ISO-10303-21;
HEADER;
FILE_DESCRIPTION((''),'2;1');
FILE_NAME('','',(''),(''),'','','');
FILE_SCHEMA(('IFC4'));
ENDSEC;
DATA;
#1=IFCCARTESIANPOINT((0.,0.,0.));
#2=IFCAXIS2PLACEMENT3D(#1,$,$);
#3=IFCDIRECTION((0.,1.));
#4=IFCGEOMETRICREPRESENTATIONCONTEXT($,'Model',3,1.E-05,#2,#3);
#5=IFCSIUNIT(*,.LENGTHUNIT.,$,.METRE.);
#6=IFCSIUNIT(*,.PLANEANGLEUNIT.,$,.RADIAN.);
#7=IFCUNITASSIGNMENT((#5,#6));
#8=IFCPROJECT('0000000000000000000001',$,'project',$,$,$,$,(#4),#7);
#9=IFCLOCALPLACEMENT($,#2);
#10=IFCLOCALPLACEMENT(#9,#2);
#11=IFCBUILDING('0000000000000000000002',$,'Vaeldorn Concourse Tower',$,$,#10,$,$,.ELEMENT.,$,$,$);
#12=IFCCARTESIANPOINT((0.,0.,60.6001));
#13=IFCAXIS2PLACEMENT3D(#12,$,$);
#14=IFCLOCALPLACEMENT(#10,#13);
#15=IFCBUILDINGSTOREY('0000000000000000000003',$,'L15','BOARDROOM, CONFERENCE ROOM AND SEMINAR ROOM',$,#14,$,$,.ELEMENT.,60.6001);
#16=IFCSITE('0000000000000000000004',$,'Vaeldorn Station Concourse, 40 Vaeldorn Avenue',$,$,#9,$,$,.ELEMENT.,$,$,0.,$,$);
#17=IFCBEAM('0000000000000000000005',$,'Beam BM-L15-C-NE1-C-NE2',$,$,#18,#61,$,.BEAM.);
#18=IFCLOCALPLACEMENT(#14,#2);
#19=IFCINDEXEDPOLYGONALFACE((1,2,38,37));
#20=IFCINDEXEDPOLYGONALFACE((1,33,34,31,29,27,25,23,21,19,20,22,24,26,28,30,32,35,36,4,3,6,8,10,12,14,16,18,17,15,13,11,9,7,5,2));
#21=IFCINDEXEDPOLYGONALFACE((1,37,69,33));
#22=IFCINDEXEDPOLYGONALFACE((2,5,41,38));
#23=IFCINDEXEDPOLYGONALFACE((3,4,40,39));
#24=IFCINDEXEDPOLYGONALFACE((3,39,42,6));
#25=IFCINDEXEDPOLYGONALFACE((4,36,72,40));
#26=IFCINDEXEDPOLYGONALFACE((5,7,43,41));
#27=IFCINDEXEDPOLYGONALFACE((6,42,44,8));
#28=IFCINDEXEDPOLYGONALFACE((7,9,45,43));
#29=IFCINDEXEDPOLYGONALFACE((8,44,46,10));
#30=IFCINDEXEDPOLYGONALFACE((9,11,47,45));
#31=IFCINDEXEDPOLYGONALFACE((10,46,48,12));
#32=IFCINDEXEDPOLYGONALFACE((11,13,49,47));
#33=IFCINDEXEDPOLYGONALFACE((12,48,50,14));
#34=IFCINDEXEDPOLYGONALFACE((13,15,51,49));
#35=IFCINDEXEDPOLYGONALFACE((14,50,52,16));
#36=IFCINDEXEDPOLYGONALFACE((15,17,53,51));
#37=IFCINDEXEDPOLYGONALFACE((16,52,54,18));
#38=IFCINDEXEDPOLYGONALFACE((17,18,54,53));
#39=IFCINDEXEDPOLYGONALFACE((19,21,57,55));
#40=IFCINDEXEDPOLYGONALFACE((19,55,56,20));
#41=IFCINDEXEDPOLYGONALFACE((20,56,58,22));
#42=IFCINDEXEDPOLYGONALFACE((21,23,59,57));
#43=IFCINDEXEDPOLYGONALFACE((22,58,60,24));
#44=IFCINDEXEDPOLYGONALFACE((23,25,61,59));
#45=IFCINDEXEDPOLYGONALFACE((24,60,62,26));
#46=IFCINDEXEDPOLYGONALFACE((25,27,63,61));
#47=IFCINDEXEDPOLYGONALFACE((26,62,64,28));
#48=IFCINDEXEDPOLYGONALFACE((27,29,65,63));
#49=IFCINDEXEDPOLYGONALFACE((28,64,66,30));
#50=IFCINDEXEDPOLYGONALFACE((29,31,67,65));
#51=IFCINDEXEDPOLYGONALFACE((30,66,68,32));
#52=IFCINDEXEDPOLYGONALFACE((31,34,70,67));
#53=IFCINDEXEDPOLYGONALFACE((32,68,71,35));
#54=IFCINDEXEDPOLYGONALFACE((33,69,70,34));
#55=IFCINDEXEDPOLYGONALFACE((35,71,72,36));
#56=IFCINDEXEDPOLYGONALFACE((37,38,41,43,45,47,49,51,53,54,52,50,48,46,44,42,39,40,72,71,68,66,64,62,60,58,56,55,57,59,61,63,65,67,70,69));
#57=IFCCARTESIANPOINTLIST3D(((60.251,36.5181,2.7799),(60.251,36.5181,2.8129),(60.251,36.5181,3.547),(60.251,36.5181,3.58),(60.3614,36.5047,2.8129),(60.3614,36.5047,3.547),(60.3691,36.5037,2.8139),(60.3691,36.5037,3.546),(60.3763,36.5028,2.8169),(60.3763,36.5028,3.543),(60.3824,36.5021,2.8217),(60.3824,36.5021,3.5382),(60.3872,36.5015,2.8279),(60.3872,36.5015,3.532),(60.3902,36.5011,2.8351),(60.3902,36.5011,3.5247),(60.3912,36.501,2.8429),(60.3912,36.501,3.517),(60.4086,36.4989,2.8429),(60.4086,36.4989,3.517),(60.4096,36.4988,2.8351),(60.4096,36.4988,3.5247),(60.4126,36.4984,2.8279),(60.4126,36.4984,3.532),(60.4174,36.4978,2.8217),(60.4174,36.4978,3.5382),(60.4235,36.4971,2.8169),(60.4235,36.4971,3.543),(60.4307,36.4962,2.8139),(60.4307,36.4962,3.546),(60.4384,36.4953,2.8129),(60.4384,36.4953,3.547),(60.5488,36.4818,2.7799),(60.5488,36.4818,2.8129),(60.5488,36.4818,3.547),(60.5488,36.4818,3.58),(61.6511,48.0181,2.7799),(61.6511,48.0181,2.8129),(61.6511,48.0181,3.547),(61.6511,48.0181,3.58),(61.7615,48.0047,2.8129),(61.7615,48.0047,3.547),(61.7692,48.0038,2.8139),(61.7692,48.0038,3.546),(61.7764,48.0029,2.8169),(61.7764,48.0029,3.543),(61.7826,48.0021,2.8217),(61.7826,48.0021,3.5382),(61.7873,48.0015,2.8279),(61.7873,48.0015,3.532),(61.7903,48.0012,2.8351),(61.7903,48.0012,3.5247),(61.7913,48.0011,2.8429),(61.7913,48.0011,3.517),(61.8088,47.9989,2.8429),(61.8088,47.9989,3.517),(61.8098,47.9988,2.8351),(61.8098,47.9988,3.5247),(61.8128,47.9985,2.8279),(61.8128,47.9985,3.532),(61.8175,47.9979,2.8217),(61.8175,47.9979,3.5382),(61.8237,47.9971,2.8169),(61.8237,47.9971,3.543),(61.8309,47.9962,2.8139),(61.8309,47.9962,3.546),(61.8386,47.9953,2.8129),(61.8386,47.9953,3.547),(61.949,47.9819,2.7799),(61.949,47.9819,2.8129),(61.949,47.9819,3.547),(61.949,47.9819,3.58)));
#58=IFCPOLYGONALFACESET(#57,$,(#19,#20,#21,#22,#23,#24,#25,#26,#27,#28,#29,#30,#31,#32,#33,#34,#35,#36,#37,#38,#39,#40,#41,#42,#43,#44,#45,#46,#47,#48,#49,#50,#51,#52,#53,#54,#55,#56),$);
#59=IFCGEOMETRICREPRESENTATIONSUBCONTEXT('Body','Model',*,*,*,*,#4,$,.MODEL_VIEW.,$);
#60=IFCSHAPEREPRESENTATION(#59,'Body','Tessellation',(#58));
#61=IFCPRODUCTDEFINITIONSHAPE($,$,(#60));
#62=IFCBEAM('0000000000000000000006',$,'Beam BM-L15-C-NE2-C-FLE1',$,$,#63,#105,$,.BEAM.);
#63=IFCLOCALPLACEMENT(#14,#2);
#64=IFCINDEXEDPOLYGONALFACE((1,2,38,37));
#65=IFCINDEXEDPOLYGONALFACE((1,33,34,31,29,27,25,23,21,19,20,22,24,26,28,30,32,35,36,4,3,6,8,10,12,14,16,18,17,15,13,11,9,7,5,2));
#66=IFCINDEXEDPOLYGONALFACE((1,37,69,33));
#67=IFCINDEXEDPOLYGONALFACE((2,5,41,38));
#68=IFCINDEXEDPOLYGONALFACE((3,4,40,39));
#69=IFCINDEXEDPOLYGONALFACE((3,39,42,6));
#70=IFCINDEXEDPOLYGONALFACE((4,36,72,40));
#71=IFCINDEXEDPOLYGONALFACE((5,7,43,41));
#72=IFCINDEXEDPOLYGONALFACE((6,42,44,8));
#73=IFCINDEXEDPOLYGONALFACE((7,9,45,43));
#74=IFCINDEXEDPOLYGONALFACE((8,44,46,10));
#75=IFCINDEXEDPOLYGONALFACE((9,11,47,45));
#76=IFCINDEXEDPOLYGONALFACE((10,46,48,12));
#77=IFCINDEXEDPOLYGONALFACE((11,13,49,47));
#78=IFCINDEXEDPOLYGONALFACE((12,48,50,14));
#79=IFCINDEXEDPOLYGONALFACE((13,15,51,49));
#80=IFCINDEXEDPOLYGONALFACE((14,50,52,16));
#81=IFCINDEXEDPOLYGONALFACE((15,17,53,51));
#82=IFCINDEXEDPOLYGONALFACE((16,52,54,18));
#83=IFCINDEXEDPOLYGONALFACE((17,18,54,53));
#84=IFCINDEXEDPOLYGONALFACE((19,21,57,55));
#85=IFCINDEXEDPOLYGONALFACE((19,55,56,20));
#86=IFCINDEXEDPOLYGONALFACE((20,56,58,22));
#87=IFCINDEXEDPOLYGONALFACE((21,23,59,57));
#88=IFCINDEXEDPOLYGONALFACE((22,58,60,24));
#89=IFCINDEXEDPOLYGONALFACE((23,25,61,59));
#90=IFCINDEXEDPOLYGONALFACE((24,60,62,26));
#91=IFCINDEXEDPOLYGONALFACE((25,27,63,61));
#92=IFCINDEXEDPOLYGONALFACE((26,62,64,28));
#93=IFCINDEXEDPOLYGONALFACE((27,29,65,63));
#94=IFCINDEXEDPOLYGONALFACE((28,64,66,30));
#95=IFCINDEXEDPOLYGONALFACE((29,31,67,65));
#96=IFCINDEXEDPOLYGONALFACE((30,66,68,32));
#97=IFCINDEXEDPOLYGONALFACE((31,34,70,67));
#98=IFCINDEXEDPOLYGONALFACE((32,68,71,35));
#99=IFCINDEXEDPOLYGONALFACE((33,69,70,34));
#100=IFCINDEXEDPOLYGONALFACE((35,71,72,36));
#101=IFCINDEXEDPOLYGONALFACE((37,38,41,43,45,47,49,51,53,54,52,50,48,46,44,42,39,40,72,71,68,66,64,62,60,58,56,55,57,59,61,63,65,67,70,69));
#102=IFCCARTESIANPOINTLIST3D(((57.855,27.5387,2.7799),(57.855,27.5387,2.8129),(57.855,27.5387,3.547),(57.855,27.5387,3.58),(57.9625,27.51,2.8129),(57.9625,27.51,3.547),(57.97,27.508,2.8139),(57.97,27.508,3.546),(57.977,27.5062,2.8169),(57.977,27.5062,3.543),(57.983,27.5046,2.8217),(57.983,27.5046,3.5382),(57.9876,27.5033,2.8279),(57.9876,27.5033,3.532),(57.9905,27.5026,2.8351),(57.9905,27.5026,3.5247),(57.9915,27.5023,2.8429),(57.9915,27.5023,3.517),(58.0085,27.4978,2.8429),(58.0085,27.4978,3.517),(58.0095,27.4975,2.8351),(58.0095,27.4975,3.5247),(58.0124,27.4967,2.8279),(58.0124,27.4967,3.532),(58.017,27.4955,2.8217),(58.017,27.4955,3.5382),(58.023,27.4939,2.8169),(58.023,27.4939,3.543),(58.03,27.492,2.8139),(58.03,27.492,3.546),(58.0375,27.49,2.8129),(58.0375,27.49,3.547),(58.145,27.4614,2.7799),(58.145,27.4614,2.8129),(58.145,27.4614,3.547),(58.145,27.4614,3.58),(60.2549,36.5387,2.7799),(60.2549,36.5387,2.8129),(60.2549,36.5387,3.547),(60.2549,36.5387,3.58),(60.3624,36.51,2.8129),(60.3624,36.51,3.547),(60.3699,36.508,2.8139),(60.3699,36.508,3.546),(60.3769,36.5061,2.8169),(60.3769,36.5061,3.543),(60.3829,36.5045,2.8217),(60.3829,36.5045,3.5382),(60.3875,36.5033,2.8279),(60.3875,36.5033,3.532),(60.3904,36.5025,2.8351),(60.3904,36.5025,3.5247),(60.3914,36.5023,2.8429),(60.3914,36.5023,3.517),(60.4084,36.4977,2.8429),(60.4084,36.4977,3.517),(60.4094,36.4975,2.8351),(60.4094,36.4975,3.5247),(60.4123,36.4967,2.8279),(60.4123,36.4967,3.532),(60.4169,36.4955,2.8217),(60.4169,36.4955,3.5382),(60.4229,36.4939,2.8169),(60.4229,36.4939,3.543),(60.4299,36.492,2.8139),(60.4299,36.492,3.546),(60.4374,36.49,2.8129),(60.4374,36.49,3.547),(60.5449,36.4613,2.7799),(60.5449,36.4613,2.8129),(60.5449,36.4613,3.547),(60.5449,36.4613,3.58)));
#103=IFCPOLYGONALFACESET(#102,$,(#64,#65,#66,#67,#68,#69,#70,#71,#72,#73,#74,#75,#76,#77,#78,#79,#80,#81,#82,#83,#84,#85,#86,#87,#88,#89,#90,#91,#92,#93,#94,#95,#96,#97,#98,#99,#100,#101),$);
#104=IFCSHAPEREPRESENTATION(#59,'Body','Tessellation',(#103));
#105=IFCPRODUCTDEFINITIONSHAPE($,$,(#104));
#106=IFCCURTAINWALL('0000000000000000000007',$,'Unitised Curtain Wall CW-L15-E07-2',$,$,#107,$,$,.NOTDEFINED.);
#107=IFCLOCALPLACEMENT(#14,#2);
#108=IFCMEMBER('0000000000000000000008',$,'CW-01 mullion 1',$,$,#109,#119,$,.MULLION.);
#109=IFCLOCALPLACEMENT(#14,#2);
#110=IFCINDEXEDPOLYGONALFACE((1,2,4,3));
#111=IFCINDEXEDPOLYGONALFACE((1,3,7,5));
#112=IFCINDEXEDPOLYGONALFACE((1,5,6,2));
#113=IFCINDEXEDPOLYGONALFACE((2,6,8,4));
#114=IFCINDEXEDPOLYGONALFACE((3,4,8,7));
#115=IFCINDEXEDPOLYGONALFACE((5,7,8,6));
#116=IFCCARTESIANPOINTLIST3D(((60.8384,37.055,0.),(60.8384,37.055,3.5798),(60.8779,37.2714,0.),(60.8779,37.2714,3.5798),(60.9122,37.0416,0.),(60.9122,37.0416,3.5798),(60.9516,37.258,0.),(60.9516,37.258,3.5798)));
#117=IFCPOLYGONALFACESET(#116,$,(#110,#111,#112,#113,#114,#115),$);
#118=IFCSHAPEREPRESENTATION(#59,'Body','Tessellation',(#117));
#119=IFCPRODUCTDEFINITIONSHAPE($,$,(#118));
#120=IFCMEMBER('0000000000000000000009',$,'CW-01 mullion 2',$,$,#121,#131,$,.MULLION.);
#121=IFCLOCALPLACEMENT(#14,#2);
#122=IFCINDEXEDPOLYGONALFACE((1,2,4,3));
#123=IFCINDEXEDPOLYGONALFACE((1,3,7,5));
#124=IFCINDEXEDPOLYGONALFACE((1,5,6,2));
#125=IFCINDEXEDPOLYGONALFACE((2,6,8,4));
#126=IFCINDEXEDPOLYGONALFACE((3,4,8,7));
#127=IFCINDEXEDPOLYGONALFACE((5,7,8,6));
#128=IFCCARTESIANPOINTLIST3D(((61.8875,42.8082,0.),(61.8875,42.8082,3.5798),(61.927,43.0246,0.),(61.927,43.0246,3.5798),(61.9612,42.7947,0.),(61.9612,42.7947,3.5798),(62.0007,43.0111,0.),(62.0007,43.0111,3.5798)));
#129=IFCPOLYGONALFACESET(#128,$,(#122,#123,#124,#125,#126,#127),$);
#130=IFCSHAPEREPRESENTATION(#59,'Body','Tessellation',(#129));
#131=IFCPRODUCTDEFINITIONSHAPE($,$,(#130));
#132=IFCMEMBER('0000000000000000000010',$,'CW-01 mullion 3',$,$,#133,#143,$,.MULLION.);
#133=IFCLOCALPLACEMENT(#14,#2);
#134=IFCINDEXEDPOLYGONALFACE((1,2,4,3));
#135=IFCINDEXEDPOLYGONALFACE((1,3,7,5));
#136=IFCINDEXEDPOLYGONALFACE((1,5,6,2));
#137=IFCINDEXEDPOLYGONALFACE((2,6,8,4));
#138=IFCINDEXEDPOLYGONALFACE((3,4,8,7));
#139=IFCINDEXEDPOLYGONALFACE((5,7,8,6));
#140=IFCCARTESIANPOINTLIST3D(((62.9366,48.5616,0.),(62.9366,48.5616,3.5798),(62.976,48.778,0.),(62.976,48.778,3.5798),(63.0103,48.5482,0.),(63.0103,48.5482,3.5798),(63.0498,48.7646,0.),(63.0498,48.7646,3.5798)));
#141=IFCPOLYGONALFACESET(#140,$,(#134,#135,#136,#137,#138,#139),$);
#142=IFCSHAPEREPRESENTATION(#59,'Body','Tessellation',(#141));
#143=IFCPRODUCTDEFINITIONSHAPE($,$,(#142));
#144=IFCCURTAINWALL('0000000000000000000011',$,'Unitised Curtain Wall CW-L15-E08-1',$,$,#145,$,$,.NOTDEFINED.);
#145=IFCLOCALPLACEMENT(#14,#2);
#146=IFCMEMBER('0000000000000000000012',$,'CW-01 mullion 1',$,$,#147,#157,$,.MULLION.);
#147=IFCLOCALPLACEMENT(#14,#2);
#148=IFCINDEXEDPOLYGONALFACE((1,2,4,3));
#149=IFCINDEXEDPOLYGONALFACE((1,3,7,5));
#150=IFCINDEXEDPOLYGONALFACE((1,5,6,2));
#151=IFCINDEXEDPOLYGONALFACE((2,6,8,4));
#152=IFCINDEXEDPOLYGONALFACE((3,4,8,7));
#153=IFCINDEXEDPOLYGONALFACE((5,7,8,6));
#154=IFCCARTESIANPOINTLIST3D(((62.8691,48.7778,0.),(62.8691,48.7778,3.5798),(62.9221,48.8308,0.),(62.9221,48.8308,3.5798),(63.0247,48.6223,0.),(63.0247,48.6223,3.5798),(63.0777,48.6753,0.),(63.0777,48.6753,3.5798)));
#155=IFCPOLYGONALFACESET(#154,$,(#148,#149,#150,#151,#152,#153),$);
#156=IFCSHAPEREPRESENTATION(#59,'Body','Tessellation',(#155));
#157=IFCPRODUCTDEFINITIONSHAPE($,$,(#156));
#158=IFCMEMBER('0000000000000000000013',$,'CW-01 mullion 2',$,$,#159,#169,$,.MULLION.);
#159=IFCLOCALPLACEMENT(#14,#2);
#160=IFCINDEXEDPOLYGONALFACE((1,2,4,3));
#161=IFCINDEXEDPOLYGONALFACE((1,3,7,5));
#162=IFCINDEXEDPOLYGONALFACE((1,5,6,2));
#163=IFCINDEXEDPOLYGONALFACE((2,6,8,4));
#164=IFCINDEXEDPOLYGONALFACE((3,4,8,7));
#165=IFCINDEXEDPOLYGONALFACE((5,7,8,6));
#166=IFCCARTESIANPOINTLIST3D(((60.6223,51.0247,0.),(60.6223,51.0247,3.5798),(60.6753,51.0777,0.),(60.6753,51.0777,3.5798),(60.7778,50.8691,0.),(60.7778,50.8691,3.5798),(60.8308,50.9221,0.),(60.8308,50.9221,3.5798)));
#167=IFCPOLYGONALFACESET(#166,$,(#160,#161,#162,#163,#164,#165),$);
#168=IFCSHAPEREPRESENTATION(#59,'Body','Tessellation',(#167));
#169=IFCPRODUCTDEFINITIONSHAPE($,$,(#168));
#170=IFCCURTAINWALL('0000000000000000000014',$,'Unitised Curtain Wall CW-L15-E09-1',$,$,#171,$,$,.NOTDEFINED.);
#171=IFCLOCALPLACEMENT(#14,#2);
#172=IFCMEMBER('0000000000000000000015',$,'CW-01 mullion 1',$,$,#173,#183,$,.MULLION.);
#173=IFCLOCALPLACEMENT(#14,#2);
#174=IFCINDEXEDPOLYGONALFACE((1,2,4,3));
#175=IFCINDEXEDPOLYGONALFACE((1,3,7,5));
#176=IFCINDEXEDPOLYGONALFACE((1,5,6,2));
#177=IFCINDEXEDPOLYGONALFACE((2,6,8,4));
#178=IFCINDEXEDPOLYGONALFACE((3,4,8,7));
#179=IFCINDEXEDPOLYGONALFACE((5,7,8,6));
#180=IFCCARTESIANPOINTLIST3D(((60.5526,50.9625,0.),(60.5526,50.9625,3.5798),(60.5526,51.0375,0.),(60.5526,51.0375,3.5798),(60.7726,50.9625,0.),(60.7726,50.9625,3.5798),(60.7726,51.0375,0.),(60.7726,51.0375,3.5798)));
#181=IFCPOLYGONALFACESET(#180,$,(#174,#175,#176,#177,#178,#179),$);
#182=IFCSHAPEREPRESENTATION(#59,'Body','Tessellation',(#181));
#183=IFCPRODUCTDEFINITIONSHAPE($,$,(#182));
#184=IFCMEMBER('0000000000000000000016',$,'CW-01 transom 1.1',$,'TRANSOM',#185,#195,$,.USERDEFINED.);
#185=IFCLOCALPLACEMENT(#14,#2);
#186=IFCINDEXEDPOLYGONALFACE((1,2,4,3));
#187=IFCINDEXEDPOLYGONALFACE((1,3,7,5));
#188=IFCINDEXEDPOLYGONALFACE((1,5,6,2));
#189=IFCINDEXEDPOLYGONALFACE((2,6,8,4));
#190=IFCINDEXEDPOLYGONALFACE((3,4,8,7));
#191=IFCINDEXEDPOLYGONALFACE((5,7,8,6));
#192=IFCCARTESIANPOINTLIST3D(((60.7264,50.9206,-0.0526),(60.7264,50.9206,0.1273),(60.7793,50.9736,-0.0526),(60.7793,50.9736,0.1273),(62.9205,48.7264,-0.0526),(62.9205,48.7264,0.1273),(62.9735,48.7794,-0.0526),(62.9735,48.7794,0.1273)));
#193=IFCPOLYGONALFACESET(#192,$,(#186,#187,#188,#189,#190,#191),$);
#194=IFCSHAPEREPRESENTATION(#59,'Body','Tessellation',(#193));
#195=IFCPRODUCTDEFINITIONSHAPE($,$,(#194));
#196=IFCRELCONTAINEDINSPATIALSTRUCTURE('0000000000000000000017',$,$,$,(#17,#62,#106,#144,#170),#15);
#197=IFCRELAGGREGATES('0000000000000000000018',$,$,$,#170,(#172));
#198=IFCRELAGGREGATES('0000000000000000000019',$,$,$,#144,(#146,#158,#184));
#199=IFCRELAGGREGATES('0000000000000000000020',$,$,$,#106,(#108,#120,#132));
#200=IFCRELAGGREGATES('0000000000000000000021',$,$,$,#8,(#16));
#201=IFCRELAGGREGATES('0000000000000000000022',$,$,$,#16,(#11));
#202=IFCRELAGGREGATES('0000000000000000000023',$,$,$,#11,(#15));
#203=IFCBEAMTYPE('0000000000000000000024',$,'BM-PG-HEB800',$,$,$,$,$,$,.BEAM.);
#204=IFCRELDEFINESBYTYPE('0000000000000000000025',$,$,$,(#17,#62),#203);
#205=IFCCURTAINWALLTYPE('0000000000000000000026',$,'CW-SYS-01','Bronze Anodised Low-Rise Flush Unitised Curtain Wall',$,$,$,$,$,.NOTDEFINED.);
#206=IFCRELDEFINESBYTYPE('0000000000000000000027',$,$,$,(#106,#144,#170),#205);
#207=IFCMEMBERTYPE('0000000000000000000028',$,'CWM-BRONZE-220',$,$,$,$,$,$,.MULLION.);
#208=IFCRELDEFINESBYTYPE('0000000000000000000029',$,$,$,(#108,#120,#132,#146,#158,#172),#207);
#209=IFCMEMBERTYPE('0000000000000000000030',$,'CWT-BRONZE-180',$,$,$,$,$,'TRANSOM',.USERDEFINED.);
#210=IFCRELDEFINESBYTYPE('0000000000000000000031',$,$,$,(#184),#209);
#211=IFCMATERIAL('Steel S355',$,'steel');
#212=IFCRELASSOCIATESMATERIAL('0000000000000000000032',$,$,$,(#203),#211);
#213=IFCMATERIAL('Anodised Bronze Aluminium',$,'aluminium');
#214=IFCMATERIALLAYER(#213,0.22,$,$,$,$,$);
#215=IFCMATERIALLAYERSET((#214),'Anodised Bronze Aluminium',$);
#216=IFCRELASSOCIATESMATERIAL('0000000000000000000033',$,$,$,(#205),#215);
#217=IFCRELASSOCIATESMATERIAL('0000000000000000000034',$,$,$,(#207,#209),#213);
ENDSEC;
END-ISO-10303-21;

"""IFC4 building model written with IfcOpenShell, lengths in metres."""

from ifc_helpers import new_model, si_unit, direction, frame, origin, origin_2d, place, context, subcontext, project, spatial, rectangle, i_section, extrude, source, transform, mapped, material, layer, layer_set, material_profile, profile_set, type_object, element, aggregate, save


model = new_model("IFC4")

# Units and contexts
model_context = context("Model", 3, precision=1e-05, world=origin(), true_north=direction((0.0, 1.0)))
body_context = subcontext(model_context, "Body", "Model", "MODEL_VIEW")
ifc_project = project(units=[si_unit("LENGTHUNIT", "METRE"), si_unit("PLANEANGLEUNIT", "RADIAN")], contexts=[model_context])

# Site, building, storey
site_placement = place(None, origin())
site = spatial("IfcSite", under=ifc_project, at=site_placement, Name="Vaeldorn Station Concourse, 40 Vaeldorn Avenue", CompositionType="ELEMENT", RefElevation=0.0)
building_placement = place(site_placement, origin())
building = spatial("IfcBuilding", under=site, at=building_placement, Name="Vaeldorn Concourse Tower", CompositionType="ELEMENT")
storey_placement = place(building_placement, frame((0.0, 0.0, 60.6001)))
storey = spatial("IfcBuildingStorey", under=building, at=storey_placement, Name="L15", Description="BOARDROOM, CONFERENCE ROOM AND SEMINAR ROOM", CompositionType="ELEMENT", Elevation=60.6001)

# Beams
ifc_material_1 = material(Name="Steel S355", Category="steel")
ifc_material_profile_1 = material_profile(ifc_material_1, i_section(OverallWidth=0.3, OverallDepth=0.8, WebThickness=0.0176, FlangeThickness=0.033, FilletRadius=0.03, at=origin_2d()), Name="HEB 800")
ifc_profile_set_1 = profile_set([ifc_material_profile_1], Name="Steel S355")
beam_type = type_object("IfcBeamType", Name="BM-PG-HEB800", PredefinedType="BEAM", material=ifc_profile_set_1)
shared_shape_1 = source(origin(), body_context, "Body", "SweptSolid", [
    extrude(i_section(OverallWidth=0.3, OverallDepth=0.8, WebThickness=0.0176, FlangeThickness=0.033, FilletRadius=0.03, at=origin_2d()), origin(), (0.0, 0.0, 1.0), 11.585),
])
beam_1_placement = place(storey_placement, frame((61.8, 48.0, 3.1799), z_axis=(-0.120859, -0.99267, 0.0), x_axis=(0.99267, -0.120859, 0.0)))
element("IfcBeam", 1, at=beam_1_placement, inside=storey, type_object=beam_type, Name="Beam BM-L15-C-NE1-C-NE2", PredefinedType="BEAM", context=body_context, shape_type="MappedRepresentation", body=[
    mapped(shared_shape_1, transform((0.0, 0.0, 0.0), scale=1.0)),
])
shared_shape_2 = source(origin(), body_context, "Body", "SweptSolid", [
    extrude(i_section(OverallWidth=0.3, OverallDepth=0.8, WebThickness=0.0176, FlangeThickness=0.033, FilletRadius=0.03, at=origin_2d()), origin(), (0.0, 0.0, 1.0), 9.3145),
])
beam_2_placement = place(storey_placement, frame((60.3999, 36.5, 3.1799), z_axis=(-0.257653, -0.966238, 0.0), x_axis=(0.966238, -0.257653, 0.0)))
element("IfcBeam", 2, at=beam_2_placement, inside=storey, type_object=beam_type, Name="Beam BM-L15-C-NE2-C-FLE1", PredefinedType="BEAM", context=body_context, shape_type="MappedRepresentation", body=[
    mapped(shared_shape_2, transform((0.0, 0.0, 0.0), scale=1.0)),
])

# Curtain walls, members
ifc_material_2 = material(Name="Anodised Bronze Aluminium", Category="aluminium")
ifc_layer_1 = layer(ifc_material_2, 0.22)
ifc_layer_set_1 = layer_set([ifc_layer_1], Name="Anodised Bronze Aluminium")
curtain_wall_type = type_object("IfcCurtainWallType", Name="CW-SYS-01", Description="Bronze Anodised Low-Rise Flush Unitised Curtain Wall", PredefinedType="NOTDEFINED", material=ifc_layer_set_1)
curtain_wall_1_placement = place(storey_placement, origin())
curtain_wall_1 = element("IfcCurtainWall", 3, at=curtain_wall_1_placement, inside=storey, type_object=curtain_wall_type, Name="Unitised Curtain Wall CW-L15-E07-2", PredefinedType="NOTDEFINED")
ifc_material_profile_2 = material_profile(ifc_material_2, rectangle(XDim=0.075, YDim=0.22, at=origin_2d()), Name="CWM 75x220")
ifc_profile_set_2 = profile_set([ifc_material_profile_2], Name="Anodised Bronze Aluminium")
member_type_1 = type_object("IfcMemberType", Name="CWM-BRONZE-220", PredefinedType="MULLION", material=ifc_profile_set_2)
shared_shape_3 = source(origin(), body_context, "Body", "SweptSolid", [
    extrude(rectangle(XDim=0.075, YDim=0.22, at=origin_2d()), origin(), (0.0, 0.0, 1.0), 3.5798),
])
member_1_placement = place(storey_placement, frame((60.895, 37.1565, 0.0), z_axis=(0.0, 0.0, 1.0), x_axis=(-0.983779, 0.179383, 0.0)))
member_1 = element("IfcMember", 4, at=member_1_placement, type_object=member_type_1, Name="CW-01 mullion 1", PredefinedType="MULLION", context=body_context, shape_type="MappedRepresentation", body=[
    mapped(shared_shape_3, transform((0.0, 0.0, 0.0), scale=1.0)),
])
member_2_placement = place(storey_placement, frame((61.9441, 42.9097, 0.0), z_axis=(0.0, 0.0, 1.0), x_axis=(-0.983779, 0.179383, 0.0)))
member_2 = element("IfcMember", 5, at=member_2_placement, type_object=member_type_1, Name="CW-01 mullion 2", PredefinedType="MULLION", context=body_context, shape_type="MappedRepresentation", body=[
    mapped(shared_shape_3, transform((0.0, 0.0, 0.0), scale=1.0)),
])
member_3_placement = place(storey_placement, frame((62.9932, 48.6631, 0.0), z_axis=(0.0, 0.0, 1.0), x_axis=(-0.983779, 0.179383, 0.0)))
member_3 = element("IfcMember", 6, at=member_3_placement, type_object=member_type_1, Name="CW-01 mullion 3", PredefinedType="MULLION", context=body_context, shape_type="MappedRepresentation", body=[
    mapped(shared_shape_3, transform((0.0, 0.0, 0.0), scale=1.0)),
])
curtain_wall_2_placement = place(storey_placement, origin())
curtain_wall_2 = element("IfcCurtainWall", 7, at=curtain_wall_2_placement, inside=storey, type_object=curtain_wall_type, Name="Unitised Curtain Wall CW-L15-E08-1", PredefinedType="NOTDEFINED")
member_4_placement = place(storey_placement, frame((62.9734, 48.7266, 0.0), z_axis=(0.0, 0.0, 1.0), x_axis=(-0.707107, -0.707107, 0.0)))
member_4 = element("IfcMember", 8, at=member_4_placement, type_object=member_type_1, Name="CW-01 mullion 1", PredefinedType="MULLION", context=body_context, shape_type="MappedRepresentation", body=[
    mapped(shared_shape_3, transform((0.0, 0.0, 0.0), scale=1.0)),
])
member_5_placement = place(storey_placement, frame((60.7266, 50.9734, 0.0), z_axis=(0.0, 0.0, 1.0), x_axis=(-0.707107, -0.707107, 0.0)))
member_5 = element("IfcMember", 9, at=member_5_placement, type_object=member_type_1, Name="CW-01 mullion 2", PredefinedType="MULLION", context=body_context, shape_type="MappedRepresentation", body=[
    mapped(shared_shape_3, transform((0.0, 0.0, 0.0), scale=1.0)),
])

# Curtain wall, member
curtain_wall_3_placement = place(storey_placement, origin())
curtain_wall_3 = element("IfcCurtainWall", 10, at=curtain_wall_3_placement, inside=storey, type_object=curtain_wall_type, Name="Unitised Curtain Wall CW-L15-E09-1", PredefinedType="NOTDEFINED")
member_6_placement = place(storey_placement, frame((60.6626, 51.0, 0.0), z_axis=(0.0, 0.0, 1.0), x_axis=(0.0, -1.0, 0.0)))
member_6 = element("IfcMember", 11, at=member_6_placement, type_object=member_type_1, Name="CW-01 mullion 1", PredefinedType="MULLION", context=body_context, shape_type="MappedRepresentation", body=[
    mapped(shared_shape_3, transform((0.0, 0.0, 0.0), scale=1.0)),
])

# Member
ifc_material_profile_3 = material_profile(ifc_material_2, rectangle(XDim=0.075, YDim=0.1799, at=origin_2d()), Name="CWT 75x180")
ifc_profile_set_3 = profile_set([ifc_material_profile_3], Name="Anodised Bronze Aluminium")
member_type_2 = type_object("IfcMemberType", Name="CWT-BRONZE-180", ElementType="TRANSOM", PredefinedType="USERDEFINED", material=ifc_profile_set_3)
shared_shape_4 = source(origin(), body_context, "Body", "SweptSolid", [
    extrude(rectangle(XDim=0.075, YDim=0.1799, at=origin_2d()), origin(), (0.0, 0.0, 1.0), 3.103),
])
member_7_placement = place(storey_placement, frame((62.947, 48.7529, 0.0374), z_axis=(-0.707107, 0.707107, 0.0), x_axis=(-0.707107, -0.707107, 0.0)))
member_7 = element("IfcMember", 12, at=member_7_placement, type_object=member_type_2, Name="CW-01 transom 1.1", ObjectType="TRANSOM", PredefinedType="USERDEFINED", context=body_context, shape_type="MappedRepresentation", body=[
    mapped(shared_shape_4, transform((0.0, 0.0, 0.0), scale=1.0)),
])
aggregate(curtain_wall_3, [member_6])

aggregate(curtain_wall_2, [member_4, member_5, member_7])
aggregate(curtain_wall_1, [member_1, member_2, member_3])

save(model, "model.ifc")
